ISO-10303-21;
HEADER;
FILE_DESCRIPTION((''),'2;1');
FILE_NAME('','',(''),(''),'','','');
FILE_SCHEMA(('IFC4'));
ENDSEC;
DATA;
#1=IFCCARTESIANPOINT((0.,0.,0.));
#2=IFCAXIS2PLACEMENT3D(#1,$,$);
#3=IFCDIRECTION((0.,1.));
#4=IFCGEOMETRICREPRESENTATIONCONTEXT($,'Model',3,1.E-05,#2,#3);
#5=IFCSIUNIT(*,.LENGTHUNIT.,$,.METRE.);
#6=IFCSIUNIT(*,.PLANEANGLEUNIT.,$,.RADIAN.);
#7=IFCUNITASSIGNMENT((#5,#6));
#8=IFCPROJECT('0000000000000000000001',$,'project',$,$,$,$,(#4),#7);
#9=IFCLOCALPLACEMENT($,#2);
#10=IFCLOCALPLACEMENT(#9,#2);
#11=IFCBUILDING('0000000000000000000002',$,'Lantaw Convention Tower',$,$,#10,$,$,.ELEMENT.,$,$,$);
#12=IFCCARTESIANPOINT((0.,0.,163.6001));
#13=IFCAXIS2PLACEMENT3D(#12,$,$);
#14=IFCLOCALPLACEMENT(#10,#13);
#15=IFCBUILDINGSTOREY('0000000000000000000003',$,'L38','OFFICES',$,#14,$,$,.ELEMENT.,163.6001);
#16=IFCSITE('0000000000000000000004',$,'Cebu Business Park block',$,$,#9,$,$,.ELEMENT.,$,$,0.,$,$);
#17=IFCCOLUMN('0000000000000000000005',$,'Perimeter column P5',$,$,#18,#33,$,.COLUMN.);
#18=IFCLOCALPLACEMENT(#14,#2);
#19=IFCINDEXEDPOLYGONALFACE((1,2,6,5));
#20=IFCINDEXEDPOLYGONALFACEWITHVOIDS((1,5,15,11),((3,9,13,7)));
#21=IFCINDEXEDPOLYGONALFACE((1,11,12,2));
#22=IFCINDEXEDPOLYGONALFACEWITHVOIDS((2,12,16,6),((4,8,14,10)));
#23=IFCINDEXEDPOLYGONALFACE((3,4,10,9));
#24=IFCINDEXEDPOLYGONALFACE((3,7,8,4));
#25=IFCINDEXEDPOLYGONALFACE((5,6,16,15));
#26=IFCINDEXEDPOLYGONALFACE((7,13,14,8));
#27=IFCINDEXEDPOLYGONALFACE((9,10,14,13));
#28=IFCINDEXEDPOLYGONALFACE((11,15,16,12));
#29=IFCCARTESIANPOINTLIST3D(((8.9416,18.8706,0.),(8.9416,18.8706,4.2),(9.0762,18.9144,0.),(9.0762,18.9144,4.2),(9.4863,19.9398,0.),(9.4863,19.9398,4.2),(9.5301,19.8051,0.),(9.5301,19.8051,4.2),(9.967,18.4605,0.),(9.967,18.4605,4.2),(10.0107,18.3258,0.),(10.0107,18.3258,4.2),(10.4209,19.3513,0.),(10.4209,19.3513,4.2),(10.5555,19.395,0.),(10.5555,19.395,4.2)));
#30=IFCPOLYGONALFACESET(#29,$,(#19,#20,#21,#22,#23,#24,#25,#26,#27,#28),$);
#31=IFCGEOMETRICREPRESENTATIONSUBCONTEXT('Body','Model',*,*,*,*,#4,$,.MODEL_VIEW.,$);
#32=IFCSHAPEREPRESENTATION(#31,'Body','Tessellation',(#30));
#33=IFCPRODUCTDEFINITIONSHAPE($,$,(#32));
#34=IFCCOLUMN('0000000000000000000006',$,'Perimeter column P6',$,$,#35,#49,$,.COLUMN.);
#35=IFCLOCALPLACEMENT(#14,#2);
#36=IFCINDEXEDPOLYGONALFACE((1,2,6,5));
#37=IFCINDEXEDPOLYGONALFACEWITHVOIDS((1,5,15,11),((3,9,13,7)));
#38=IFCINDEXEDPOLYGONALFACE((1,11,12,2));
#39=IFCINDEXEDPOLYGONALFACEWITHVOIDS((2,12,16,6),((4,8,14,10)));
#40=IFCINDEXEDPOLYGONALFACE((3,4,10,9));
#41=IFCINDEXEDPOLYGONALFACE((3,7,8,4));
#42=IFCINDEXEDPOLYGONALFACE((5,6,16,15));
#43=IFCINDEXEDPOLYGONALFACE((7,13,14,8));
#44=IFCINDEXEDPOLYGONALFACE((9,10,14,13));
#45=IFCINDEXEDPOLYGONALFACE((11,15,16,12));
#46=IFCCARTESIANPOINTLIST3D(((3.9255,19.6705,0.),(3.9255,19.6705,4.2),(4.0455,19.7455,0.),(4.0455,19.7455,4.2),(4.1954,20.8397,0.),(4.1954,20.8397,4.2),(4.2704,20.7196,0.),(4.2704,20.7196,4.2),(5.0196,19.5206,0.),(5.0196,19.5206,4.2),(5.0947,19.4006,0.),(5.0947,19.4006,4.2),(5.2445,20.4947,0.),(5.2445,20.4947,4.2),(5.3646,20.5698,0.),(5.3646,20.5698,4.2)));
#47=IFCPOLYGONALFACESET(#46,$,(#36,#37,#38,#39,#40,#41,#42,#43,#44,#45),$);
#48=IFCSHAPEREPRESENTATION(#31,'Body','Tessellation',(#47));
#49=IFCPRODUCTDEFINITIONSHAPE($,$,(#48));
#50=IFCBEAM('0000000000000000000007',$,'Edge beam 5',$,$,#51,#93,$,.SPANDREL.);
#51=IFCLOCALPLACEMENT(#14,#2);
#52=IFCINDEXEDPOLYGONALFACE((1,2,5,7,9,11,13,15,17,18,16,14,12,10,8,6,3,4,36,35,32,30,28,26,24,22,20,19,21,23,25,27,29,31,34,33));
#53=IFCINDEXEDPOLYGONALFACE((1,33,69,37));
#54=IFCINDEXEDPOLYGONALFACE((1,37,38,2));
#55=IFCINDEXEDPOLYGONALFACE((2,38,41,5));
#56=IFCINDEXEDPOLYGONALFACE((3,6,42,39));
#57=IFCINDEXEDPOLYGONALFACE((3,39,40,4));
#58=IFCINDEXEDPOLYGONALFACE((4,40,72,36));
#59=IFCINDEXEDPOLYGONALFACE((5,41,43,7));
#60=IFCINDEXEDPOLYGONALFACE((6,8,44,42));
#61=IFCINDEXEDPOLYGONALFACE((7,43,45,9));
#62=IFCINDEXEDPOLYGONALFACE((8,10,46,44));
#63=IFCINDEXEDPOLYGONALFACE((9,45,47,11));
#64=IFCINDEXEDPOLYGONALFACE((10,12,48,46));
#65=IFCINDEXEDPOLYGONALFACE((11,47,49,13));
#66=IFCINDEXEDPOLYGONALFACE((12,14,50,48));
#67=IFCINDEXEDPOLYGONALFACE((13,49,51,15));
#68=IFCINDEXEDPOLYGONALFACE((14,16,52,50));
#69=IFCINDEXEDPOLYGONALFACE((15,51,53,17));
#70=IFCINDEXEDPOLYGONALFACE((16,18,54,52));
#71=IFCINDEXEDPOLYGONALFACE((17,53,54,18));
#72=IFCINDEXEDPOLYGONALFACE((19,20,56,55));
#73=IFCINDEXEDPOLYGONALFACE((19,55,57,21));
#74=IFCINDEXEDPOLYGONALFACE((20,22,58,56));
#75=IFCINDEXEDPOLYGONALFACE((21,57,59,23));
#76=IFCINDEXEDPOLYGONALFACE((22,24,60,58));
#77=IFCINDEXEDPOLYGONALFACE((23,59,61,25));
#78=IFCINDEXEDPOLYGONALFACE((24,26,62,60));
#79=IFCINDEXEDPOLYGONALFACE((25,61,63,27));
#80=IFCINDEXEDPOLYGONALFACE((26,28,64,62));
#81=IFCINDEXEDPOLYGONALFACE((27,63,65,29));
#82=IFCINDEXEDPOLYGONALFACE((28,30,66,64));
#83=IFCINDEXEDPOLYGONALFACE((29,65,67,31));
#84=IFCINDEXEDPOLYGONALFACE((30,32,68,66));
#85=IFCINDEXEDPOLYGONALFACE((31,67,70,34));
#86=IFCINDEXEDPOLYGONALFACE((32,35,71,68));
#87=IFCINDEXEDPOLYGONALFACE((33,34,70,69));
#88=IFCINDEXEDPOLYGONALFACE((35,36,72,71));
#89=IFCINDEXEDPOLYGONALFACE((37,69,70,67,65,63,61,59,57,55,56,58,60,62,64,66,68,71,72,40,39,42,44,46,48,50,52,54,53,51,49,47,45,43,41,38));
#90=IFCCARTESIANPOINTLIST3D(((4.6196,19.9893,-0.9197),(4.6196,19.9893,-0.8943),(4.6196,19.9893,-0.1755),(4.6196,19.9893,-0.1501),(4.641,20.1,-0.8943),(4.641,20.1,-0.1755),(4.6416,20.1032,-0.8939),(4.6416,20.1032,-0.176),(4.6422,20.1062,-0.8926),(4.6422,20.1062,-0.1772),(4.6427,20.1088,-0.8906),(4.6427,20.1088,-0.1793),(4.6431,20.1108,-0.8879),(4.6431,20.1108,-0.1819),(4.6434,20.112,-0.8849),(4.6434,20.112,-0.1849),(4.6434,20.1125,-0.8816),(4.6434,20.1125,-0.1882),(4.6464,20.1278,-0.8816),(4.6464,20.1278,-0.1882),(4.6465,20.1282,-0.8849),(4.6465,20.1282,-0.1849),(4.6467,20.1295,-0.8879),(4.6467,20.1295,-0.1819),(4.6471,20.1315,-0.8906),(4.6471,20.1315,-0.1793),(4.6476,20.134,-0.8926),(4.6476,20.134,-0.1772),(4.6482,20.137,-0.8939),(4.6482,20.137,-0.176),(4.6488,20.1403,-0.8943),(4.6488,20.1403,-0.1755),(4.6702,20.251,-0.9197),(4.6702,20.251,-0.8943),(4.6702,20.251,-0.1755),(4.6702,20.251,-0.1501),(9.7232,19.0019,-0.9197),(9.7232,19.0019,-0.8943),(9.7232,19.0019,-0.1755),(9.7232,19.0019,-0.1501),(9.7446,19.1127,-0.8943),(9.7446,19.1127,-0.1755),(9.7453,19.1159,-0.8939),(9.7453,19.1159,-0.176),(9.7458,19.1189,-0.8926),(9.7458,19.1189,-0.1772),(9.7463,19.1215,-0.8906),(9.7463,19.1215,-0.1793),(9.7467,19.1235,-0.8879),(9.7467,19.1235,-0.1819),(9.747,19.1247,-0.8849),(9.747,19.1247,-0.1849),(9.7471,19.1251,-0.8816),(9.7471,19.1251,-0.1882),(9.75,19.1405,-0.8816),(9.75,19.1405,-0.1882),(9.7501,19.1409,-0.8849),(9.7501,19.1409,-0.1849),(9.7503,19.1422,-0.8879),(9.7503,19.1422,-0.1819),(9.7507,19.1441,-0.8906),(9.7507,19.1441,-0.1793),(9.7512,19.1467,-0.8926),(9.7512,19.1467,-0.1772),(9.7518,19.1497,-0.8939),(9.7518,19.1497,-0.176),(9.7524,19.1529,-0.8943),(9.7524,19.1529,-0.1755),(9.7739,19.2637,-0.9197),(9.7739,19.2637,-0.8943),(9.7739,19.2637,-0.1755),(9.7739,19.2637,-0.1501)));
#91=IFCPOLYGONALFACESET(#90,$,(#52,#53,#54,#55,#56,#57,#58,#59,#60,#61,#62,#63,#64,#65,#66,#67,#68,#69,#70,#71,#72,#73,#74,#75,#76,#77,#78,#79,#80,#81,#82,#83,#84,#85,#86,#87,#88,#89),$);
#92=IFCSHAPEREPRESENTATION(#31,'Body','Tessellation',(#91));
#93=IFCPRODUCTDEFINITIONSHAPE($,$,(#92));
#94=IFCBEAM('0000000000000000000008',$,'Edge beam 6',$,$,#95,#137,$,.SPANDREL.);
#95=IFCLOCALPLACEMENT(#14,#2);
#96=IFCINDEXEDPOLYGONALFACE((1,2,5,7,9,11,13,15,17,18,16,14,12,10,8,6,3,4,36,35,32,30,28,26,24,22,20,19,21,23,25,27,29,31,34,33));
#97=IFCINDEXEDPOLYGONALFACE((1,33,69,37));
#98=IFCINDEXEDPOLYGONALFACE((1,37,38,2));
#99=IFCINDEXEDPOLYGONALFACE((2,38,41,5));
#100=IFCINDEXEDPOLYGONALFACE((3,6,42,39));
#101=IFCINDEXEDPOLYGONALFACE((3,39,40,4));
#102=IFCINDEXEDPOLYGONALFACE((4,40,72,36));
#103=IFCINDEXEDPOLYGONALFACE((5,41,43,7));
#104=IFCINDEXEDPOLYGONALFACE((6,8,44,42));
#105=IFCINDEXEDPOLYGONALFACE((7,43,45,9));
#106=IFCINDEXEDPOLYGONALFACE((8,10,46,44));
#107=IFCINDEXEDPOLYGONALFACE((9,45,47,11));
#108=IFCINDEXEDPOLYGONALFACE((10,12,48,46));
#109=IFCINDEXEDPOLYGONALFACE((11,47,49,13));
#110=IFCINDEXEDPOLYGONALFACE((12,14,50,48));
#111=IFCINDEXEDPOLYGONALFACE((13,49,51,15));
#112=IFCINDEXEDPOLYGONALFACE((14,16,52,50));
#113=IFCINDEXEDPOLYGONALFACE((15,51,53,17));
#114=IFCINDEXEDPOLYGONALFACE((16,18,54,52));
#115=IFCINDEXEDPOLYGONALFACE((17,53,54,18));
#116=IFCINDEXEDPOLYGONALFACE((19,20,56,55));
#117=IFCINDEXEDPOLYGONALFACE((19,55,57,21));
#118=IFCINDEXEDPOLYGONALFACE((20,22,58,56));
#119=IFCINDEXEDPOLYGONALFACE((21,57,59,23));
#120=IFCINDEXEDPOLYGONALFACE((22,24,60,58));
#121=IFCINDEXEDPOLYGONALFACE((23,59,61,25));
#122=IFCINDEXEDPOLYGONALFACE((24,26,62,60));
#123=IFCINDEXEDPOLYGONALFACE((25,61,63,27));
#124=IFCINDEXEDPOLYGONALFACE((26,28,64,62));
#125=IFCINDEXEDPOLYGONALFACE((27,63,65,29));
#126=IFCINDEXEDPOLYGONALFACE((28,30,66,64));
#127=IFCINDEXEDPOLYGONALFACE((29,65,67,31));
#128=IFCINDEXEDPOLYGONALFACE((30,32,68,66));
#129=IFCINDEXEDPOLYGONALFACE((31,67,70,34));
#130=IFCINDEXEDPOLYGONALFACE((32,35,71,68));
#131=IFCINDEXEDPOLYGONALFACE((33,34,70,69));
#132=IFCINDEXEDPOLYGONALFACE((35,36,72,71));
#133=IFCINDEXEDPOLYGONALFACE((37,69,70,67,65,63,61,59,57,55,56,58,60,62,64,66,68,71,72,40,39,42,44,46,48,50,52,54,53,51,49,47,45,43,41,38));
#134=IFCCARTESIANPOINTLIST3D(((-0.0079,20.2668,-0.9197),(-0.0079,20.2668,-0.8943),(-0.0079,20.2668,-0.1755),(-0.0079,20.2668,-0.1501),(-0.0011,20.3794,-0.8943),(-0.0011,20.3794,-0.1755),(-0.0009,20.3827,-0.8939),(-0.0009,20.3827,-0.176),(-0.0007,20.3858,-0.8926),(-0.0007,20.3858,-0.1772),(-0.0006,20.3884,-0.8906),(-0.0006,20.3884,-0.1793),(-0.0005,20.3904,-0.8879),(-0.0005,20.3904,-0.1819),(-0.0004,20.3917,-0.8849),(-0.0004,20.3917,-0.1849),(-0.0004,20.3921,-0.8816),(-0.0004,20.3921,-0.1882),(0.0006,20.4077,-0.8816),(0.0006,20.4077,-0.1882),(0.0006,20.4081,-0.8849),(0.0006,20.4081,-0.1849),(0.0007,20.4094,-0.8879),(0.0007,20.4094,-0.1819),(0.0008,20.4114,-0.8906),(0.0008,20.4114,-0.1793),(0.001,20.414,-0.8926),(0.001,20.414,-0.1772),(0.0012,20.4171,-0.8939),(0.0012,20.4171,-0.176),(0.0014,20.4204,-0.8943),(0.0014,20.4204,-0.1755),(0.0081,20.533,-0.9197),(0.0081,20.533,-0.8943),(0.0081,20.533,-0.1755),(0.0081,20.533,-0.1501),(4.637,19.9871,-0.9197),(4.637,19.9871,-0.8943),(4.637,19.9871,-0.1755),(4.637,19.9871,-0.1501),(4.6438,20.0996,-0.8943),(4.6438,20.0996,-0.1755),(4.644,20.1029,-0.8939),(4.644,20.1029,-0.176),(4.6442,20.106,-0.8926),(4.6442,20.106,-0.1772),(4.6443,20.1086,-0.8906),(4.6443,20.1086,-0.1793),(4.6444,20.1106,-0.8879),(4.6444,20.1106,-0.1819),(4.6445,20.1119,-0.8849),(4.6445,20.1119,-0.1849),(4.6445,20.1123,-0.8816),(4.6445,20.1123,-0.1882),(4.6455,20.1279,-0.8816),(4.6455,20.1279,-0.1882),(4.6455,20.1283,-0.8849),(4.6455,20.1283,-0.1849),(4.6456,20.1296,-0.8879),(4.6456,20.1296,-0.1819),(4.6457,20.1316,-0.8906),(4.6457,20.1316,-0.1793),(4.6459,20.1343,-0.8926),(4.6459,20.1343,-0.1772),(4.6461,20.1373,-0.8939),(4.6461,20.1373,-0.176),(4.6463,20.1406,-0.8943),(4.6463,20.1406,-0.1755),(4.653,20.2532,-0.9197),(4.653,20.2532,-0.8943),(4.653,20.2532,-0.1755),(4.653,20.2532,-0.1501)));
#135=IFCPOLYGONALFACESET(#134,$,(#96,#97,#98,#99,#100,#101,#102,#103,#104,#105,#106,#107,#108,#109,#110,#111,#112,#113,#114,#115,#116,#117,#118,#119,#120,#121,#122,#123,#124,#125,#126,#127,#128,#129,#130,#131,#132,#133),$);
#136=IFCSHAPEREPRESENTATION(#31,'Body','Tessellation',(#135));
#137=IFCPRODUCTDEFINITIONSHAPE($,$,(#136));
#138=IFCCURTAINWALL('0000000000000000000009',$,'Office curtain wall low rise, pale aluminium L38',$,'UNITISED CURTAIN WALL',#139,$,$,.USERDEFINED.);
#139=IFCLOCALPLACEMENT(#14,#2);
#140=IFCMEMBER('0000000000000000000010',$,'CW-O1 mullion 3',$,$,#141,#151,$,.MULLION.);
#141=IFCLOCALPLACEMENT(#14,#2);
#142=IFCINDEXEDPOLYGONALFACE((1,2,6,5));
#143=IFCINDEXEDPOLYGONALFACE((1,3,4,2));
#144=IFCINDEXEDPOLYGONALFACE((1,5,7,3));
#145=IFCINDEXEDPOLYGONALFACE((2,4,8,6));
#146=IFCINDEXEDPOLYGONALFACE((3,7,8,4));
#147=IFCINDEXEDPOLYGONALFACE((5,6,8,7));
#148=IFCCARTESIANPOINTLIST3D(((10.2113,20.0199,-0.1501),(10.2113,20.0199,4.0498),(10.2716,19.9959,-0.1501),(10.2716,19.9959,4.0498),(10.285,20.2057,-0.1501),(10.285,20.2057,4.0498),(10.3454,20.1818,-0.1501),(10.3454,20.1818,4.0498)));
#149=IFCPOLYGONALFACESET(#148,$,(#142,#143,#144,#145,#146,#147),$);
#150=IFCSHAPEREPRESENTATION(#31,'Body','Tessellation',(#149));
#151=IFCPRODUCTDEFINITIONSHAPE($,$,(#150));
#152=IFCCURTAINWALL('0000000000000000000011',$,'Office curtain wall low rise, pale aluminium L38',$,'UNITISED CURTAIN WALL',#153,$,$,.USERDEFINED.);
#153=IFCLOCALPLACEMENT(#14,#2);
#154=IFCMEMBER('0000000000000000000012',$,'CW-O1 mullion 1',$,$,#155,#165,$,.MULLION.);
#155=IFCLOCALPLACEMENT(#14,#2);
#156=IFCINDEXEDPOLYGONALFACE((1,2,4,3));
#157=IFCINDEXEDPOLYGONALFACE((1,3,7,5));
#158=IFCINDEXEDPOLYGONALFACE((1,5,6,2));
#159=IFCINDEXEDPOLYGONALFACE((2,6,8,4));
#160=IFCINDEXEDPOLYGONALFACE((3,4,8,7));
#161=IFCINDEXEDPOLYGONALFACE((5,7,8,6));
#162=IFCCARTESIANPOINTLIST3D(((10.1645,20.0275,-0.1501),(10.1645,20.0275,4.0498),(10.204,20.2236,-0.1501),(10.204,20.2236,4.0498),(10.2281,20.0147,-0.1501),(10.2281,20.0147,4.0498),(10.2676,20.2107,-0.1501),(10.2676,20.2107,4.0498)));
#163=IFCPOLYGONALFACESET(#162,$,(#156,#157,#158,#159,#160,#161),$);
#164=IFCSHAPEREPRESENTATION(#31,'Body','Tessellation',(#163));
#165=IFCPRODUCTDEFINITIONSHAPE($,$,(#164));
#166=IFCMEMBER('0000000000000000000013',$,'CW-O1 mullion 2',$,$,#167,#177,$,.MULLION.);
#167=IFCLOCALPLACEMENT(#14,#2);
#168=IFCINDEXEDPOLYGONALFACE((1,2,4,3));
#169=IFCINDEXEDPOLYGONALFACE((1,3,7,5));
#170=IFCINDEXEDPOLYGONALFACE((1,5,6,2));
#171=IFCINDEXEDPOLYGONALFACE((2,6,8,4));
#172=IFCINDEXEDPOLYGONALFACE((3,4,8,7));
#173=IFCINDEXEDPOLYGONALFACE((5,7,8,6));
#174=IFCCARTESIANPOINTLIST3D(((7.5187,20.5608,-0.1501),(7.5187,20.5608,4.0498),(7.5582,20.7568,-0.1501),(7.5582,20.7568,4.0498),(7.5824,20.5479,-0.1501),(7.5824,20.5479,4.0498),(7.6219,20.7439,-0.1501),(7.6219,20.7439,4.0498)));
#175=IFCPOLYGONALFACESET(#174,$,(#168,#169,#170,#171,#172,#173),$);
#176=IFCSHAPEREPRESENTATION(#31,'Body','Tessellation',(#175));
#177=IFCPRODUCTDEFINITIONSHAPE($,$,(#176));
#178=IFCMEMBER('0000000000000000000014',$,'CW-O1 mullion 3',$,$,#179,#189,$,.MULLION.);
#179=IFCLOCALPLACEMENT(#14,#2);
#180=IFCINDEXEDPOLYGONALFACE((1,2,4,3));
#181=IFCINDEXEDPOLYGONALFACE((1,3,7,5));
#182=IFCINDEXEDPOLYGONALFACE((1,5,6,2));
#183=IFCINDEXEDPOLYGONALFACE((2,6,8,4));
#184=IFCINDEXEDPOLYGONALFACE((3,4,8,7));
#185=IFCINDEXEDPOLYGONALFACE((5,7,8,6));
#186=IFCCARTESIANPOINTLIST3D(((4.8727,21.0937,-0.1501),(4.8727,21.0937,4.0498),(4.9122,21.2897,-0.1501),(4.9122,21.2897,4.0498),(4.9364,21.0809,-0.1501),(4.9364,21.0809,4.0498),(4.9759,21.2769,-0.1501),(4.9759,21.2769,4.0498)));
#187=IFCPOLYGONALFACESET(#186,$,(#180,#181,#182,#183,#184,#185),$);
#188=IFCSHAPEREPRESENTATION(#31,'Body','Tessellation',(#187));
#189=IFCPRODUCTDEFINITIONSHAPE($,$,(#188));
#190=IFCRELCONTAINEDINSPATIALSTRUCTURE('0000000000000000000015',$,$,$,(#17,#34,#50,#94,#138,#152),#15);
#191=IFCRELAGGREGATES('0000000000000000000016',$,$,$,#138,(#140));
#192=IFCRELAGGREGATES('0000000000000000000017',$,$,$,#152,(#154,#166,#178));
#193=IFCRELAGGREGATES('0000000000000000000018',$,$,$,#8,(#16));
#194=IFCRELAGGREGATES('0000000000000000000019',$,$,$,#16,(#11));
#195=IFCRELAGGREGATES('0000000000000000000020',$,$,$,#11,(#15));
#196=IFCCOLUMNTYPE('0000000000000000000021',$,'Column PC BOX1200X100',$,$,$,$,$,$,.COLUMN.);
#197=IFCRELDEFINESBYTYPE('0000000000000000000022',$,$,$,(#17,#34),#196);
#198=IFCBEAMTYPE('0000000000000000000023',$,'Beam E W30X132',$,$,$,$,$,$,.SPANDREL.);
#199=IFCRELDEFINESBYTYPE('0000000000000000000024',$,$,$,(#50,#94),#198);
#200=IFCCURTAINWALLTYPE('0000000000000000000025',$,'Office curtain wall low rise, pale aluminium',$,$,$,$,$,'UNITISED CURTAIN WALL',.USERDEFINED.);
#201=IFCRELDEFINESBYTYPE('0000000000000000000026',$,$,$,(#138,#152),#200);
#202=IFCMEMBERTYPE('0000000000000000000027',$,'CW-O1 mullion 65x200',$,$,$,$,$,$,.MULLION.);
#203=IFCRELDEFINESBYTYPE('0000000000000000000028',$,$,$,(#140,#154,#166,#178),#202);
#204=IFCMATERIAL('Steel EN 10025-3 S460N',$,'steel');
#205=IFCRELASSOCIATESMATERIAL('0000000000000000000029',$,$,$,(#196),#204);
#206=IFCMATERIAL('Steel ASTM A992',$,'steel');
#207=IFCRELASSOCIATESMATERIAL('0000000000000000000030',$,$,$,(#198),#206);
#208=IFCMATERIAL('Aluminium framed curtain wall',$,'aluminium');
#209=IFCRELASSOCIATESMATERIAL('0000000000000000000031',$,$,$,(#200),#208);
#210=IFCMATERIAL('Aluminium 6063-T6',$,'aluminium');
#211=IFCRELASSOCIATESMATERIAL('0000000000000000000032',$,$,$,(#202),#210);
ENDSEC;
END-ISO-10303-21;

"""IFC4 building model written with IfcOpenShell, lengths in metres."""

from ifc_helpers import new_model, si_unit, direction, frame, origin, origin_2d, place, context, subcontext, project, spatial, rectangle, hollow_rectangle, i_section, extrude, material, material_profile, profile_set, type_object, element, aggregate, save


model = new_model("IFC4")

# Units and contexts
model_context = context("Model", 3, precision=1e-05, world=origin(), true_north=direction((0.0, 1.0)))
body_context = subcontext(model_context, "Body", "Model", "MODEL_VIEW")
ifc_project = project(units=[si_unit("LENGTHUNIT", "METRE"), si_unit("PLANEANGLEUNIT", "RADIAN")], contexts=[model_context])

# Site, building, storey
site_placement = place(None, origin())
site = spatial("IfcSite", under=ifc_project, at=site_placement, Name="Cebu Business Park block", CompositionType="ELEMENT", RefElevation=0.0)
building_placement = place(site_placement, origin())
building = spatial("IfcBuilding", under=site, at=building_placement, Name="Lantaw Convention Tower", CompositionType="ELEMENT")
storey_placement = place(building_placement, frame((0.0, 0.0, 163.6001)))
storey = spatial("IfcBuildingStorey", under=building, at=storey_placement, Name="L38", Description="OFFICES", CompositionType="ELEMENT", Elevation=163.6001)

# Columns
ifc_material_1 = material(Name="Steel EN 10025-3 S460N", Category="steel")
ifc_material_profile_1 = material_profile(ifc_material_1, hollow_rectangle(XDim=1.2, YDim=1.2, WallThickness=0.1001, at=origin_2d()), Name="BOX1200X100")
ifc_material_2 = material(Name="Concrete C60/75", Category="concrete")
ifc_material_profile_2 = material_profile(ifc_material_2, rectangle(XDim=1.0, YDim=1.0, at=origin_2d()), Name="Concrete fill of BOX1200X100")
ifc_profile_set_1 = profile_set([ifc_material_profile_1, ifc_material_profile_2], Name="Steel EN 10025-3 S460N")
column_type = type_object("IfcColumnType", Name="Column PC BOX1200X100", PredefinedType="COLUMN", material=ifc_profile_set_1)
for number, where, z_axis, x_axis, name in (
    (1, (9.7485, 19.1328, 0.0), (0.0, 0.0, 1.0), (0.45399, 0.891007, 0.0), "Perimeter column P5"),
    (2, (4.645, 20.1201, 0.0), (0.0, 0.0, 1.0), (0.224951, 0.97437, 0.0), "Perimeter column P6"),
):
    element("IfcColumn", number, at=place(storey_placement, frame(where, z_axis=z_axis, x_axis=x_axis)), inside=storey, type_object=column_type, Name=name, PredefinedType="COLUMN", context=body_context, shape_type="SweptSolid", body=[
        extrude(hollow_rectangle(XDim=1.2, YDim=1.2, WallThickness=0.1001, at=origin_2d()), origin(), (0.0, 0.0, 1.0), 4.2),
    ])

# Beams
ifc_material_3 = material(Name="Steel ASTM A992", Category="steel")
ifc_material_profile_3 = material_profile(ifc_material_3, i_section(OverallWidth=0.2666, OverallDepth=0.7695, WebThickness=0.0156, FlangeThickness=0.0254, FilletRadius=0.0127, at=origin_2d()), Name="W30X132")
ifc_profile_set_2 = profile_set([ifc_material_profile_3], Name="Steel ASTM A992")
beam_type = type_object("IfcBeamType", Name="Beam E W30X132", PredefinedType="SPANDREL", material=ifc_profile_set_2)
beam_1_placement = place(storey_placement, frame((9.7485, 19.1328, -0.5349), z_axis=(-0.981797, 0.189934, 0.0), x_axis=(-0.189934, -0.981797, 0.0)))
element("IfcBeam", 3, at=beam_1_placement, inside=storey, type_object=beam_type, Name="Edge beam 5", PredefinedType="SPANDREL", context=body_context, shape_type="SweptSolid", body=[
    extrude(i_section(OverallWidth=0.2666, OverallDepth=0.7695, WebThickness=0.0156, FlangeThickness=0.0254, FilletRadius=0.0127, at=origin_2d()), origin(), (0.0, 0.0, 1.0), 5.1982),
])
beam_2_placement = place(storey_placement, frame((4.645, 20.1201, -0.5349), z_axis=(-0.998191, 0.060124, 0.0), x_axis=(-0.060124, -0.998191, 0.0)))
element("IfcBeam", 4, at=beam_2_placement, inside=storey, type_object=beam_type, Name="Edge beam 6", PredefinedType="SPANDREL", context=body_context, shape_type="SweptSolid", body=[
    extrude(i_section(OverallWidth=0.2666, OverallDepth=0.7695, WebThickness=0.0156, FlangeThickness=0.0254, FilletRadius=0.0127, at=origin_2d()), origin(), (0.0, 0.0, 1.0), 4.6533),
])

# Curtain wall, member
ifc_material_4 = material(Name="Aluminium framed curtain wall", Category="aluminium")
curtain_wall_type = type_object("IfcCurtainWallType", Name="Office curtain wall low rise, pale aluminium", ElementType="UNITISED CURTAIN WALL", PredefinedType="USERDEFINED", material=ifc_material_4)
curtain_wall_1_placement = place(storey_placement, origin())
curtain_wall_1 = element("IfcCurtainWall", 5, at=curtain_wall_1_placement, inside=storey, type_object=curtain_wall_type, Name="Office curtain wall low rise, pale aluminium L38", ObjectType="UNITISED CURTAIN WALL", PredefinedType="USERDEFINED")
ifc_material_5 = material(Name="Aluminium 6063-T6", Category="aluminium")
ifc_material_profile_4 = material_profile(ifc_material_5, rectangle(XDim=0.2, YDim=0.0649, at=origin_2d()), Name="CW-O1 mullion 65x200")
ifc_profile_set_3 = profile_set([ifc_material_profile_4], Name="Aluminium 6063-T6")
member_type_1 = type_object("IfcMemberType", Name="CW-O1 mullion 65x200", PredefinedType="MULLION", material=ifc_profile_set_3)
member_1_placement = place(storey_placement, frame((10.2783, 20.1008, -0.1501), z_axis=(0.0, 0.0, 1.0), x_axis=(-0.368702, -0.929548, 0.0)))
member_1 = element("IfcMember", 6, at=member_1_placement, type_object=member_type_1, Name="CW-O1 mullion 3", PredefinedType="MULLION", context=body_context, shape_type="SweptSolid", body=[
    extrude(rectangle(XDim=0.2, YDim=0.0649, at=origin_2d()), origin(), (0.0, 0.0, 1.0), 4.2),
])

# Curtain wall, members
curtain_wall_2_placement = place(storey_placement, origin())
curtain_wall_2 = element("IfcCurtainWall", 7, at=curtain_wall_2_placement, inside=storey, type_object=curtain_wall_type, Name="Office curtain wall low rise, pale aluminium L38", ObjectType="UNITISED CURTAIN WALL", PredefinedType="USERDEFINED")
member_2_placement = place(storey_placement, frame((10.2161, 20.1191, -0.1501), z_axis=(0.0, 0.0, 1.0), x_axis=(-0.197507, -0.980302, 0.0)))
member_2 = element("IfcMember", 8, at=member_2_placement, type_object=member_type_1, Name="CW-O1 mullion 1", PredefinedType="MULLION", context=body_context, shape_type="SweptSolid", body=[
    extrude(rectangle(XDim=0.2, YDim=0.0649, at=origin_2d()), origin(), (0.0, 0.0, 1.0), 4.2),
])
member_3_placement = place(storey_placement, frame((7.5703, 20.6523, -0.1501), z_axis=(0.0, 0.0, 1.0), x_axis=(-0.197507, -0.980302, 0.0)))
member_3 = element("IfcMember", 9, at=member_3_placement, type_object=member_type_1, Name="CW-O1 mullion 2", PredefinedType="MULLION", context=body_context, shape_type="SweptSolid", body=[
    extrude(rectangle(XDim=0.2, YDim=0.0649, at=origin_2d()), origin(), (0.0, 0.0, 1.0), 4.2),
])
member_4_placement = place(storey_placement, frame((4.9243, 21.1853, -0.1501), z_axis=(0.0, 0.0, 1.0), x_axis=(-0.197507, -0.980302, 0.0)))
member_4 = element("IfcMember", 10, at=member_4_placement, type_object=member_type_1, Name="CW-O1 mullion 3", PredefinedType="MULLION", context=body_context, shape_type="SweptSolid", body=[
    extrude(rectangle(XDim=0.2, YDim=0.0649, at=origin_2d()), origin(), (0.0, 0.0, 1.0), 4.2),
])

aggregate(curtain_wall_1, [member_1])
aggregate(curtain_wall_2, [member_2, member_3, member_4])

save(model, "model.ifc")
